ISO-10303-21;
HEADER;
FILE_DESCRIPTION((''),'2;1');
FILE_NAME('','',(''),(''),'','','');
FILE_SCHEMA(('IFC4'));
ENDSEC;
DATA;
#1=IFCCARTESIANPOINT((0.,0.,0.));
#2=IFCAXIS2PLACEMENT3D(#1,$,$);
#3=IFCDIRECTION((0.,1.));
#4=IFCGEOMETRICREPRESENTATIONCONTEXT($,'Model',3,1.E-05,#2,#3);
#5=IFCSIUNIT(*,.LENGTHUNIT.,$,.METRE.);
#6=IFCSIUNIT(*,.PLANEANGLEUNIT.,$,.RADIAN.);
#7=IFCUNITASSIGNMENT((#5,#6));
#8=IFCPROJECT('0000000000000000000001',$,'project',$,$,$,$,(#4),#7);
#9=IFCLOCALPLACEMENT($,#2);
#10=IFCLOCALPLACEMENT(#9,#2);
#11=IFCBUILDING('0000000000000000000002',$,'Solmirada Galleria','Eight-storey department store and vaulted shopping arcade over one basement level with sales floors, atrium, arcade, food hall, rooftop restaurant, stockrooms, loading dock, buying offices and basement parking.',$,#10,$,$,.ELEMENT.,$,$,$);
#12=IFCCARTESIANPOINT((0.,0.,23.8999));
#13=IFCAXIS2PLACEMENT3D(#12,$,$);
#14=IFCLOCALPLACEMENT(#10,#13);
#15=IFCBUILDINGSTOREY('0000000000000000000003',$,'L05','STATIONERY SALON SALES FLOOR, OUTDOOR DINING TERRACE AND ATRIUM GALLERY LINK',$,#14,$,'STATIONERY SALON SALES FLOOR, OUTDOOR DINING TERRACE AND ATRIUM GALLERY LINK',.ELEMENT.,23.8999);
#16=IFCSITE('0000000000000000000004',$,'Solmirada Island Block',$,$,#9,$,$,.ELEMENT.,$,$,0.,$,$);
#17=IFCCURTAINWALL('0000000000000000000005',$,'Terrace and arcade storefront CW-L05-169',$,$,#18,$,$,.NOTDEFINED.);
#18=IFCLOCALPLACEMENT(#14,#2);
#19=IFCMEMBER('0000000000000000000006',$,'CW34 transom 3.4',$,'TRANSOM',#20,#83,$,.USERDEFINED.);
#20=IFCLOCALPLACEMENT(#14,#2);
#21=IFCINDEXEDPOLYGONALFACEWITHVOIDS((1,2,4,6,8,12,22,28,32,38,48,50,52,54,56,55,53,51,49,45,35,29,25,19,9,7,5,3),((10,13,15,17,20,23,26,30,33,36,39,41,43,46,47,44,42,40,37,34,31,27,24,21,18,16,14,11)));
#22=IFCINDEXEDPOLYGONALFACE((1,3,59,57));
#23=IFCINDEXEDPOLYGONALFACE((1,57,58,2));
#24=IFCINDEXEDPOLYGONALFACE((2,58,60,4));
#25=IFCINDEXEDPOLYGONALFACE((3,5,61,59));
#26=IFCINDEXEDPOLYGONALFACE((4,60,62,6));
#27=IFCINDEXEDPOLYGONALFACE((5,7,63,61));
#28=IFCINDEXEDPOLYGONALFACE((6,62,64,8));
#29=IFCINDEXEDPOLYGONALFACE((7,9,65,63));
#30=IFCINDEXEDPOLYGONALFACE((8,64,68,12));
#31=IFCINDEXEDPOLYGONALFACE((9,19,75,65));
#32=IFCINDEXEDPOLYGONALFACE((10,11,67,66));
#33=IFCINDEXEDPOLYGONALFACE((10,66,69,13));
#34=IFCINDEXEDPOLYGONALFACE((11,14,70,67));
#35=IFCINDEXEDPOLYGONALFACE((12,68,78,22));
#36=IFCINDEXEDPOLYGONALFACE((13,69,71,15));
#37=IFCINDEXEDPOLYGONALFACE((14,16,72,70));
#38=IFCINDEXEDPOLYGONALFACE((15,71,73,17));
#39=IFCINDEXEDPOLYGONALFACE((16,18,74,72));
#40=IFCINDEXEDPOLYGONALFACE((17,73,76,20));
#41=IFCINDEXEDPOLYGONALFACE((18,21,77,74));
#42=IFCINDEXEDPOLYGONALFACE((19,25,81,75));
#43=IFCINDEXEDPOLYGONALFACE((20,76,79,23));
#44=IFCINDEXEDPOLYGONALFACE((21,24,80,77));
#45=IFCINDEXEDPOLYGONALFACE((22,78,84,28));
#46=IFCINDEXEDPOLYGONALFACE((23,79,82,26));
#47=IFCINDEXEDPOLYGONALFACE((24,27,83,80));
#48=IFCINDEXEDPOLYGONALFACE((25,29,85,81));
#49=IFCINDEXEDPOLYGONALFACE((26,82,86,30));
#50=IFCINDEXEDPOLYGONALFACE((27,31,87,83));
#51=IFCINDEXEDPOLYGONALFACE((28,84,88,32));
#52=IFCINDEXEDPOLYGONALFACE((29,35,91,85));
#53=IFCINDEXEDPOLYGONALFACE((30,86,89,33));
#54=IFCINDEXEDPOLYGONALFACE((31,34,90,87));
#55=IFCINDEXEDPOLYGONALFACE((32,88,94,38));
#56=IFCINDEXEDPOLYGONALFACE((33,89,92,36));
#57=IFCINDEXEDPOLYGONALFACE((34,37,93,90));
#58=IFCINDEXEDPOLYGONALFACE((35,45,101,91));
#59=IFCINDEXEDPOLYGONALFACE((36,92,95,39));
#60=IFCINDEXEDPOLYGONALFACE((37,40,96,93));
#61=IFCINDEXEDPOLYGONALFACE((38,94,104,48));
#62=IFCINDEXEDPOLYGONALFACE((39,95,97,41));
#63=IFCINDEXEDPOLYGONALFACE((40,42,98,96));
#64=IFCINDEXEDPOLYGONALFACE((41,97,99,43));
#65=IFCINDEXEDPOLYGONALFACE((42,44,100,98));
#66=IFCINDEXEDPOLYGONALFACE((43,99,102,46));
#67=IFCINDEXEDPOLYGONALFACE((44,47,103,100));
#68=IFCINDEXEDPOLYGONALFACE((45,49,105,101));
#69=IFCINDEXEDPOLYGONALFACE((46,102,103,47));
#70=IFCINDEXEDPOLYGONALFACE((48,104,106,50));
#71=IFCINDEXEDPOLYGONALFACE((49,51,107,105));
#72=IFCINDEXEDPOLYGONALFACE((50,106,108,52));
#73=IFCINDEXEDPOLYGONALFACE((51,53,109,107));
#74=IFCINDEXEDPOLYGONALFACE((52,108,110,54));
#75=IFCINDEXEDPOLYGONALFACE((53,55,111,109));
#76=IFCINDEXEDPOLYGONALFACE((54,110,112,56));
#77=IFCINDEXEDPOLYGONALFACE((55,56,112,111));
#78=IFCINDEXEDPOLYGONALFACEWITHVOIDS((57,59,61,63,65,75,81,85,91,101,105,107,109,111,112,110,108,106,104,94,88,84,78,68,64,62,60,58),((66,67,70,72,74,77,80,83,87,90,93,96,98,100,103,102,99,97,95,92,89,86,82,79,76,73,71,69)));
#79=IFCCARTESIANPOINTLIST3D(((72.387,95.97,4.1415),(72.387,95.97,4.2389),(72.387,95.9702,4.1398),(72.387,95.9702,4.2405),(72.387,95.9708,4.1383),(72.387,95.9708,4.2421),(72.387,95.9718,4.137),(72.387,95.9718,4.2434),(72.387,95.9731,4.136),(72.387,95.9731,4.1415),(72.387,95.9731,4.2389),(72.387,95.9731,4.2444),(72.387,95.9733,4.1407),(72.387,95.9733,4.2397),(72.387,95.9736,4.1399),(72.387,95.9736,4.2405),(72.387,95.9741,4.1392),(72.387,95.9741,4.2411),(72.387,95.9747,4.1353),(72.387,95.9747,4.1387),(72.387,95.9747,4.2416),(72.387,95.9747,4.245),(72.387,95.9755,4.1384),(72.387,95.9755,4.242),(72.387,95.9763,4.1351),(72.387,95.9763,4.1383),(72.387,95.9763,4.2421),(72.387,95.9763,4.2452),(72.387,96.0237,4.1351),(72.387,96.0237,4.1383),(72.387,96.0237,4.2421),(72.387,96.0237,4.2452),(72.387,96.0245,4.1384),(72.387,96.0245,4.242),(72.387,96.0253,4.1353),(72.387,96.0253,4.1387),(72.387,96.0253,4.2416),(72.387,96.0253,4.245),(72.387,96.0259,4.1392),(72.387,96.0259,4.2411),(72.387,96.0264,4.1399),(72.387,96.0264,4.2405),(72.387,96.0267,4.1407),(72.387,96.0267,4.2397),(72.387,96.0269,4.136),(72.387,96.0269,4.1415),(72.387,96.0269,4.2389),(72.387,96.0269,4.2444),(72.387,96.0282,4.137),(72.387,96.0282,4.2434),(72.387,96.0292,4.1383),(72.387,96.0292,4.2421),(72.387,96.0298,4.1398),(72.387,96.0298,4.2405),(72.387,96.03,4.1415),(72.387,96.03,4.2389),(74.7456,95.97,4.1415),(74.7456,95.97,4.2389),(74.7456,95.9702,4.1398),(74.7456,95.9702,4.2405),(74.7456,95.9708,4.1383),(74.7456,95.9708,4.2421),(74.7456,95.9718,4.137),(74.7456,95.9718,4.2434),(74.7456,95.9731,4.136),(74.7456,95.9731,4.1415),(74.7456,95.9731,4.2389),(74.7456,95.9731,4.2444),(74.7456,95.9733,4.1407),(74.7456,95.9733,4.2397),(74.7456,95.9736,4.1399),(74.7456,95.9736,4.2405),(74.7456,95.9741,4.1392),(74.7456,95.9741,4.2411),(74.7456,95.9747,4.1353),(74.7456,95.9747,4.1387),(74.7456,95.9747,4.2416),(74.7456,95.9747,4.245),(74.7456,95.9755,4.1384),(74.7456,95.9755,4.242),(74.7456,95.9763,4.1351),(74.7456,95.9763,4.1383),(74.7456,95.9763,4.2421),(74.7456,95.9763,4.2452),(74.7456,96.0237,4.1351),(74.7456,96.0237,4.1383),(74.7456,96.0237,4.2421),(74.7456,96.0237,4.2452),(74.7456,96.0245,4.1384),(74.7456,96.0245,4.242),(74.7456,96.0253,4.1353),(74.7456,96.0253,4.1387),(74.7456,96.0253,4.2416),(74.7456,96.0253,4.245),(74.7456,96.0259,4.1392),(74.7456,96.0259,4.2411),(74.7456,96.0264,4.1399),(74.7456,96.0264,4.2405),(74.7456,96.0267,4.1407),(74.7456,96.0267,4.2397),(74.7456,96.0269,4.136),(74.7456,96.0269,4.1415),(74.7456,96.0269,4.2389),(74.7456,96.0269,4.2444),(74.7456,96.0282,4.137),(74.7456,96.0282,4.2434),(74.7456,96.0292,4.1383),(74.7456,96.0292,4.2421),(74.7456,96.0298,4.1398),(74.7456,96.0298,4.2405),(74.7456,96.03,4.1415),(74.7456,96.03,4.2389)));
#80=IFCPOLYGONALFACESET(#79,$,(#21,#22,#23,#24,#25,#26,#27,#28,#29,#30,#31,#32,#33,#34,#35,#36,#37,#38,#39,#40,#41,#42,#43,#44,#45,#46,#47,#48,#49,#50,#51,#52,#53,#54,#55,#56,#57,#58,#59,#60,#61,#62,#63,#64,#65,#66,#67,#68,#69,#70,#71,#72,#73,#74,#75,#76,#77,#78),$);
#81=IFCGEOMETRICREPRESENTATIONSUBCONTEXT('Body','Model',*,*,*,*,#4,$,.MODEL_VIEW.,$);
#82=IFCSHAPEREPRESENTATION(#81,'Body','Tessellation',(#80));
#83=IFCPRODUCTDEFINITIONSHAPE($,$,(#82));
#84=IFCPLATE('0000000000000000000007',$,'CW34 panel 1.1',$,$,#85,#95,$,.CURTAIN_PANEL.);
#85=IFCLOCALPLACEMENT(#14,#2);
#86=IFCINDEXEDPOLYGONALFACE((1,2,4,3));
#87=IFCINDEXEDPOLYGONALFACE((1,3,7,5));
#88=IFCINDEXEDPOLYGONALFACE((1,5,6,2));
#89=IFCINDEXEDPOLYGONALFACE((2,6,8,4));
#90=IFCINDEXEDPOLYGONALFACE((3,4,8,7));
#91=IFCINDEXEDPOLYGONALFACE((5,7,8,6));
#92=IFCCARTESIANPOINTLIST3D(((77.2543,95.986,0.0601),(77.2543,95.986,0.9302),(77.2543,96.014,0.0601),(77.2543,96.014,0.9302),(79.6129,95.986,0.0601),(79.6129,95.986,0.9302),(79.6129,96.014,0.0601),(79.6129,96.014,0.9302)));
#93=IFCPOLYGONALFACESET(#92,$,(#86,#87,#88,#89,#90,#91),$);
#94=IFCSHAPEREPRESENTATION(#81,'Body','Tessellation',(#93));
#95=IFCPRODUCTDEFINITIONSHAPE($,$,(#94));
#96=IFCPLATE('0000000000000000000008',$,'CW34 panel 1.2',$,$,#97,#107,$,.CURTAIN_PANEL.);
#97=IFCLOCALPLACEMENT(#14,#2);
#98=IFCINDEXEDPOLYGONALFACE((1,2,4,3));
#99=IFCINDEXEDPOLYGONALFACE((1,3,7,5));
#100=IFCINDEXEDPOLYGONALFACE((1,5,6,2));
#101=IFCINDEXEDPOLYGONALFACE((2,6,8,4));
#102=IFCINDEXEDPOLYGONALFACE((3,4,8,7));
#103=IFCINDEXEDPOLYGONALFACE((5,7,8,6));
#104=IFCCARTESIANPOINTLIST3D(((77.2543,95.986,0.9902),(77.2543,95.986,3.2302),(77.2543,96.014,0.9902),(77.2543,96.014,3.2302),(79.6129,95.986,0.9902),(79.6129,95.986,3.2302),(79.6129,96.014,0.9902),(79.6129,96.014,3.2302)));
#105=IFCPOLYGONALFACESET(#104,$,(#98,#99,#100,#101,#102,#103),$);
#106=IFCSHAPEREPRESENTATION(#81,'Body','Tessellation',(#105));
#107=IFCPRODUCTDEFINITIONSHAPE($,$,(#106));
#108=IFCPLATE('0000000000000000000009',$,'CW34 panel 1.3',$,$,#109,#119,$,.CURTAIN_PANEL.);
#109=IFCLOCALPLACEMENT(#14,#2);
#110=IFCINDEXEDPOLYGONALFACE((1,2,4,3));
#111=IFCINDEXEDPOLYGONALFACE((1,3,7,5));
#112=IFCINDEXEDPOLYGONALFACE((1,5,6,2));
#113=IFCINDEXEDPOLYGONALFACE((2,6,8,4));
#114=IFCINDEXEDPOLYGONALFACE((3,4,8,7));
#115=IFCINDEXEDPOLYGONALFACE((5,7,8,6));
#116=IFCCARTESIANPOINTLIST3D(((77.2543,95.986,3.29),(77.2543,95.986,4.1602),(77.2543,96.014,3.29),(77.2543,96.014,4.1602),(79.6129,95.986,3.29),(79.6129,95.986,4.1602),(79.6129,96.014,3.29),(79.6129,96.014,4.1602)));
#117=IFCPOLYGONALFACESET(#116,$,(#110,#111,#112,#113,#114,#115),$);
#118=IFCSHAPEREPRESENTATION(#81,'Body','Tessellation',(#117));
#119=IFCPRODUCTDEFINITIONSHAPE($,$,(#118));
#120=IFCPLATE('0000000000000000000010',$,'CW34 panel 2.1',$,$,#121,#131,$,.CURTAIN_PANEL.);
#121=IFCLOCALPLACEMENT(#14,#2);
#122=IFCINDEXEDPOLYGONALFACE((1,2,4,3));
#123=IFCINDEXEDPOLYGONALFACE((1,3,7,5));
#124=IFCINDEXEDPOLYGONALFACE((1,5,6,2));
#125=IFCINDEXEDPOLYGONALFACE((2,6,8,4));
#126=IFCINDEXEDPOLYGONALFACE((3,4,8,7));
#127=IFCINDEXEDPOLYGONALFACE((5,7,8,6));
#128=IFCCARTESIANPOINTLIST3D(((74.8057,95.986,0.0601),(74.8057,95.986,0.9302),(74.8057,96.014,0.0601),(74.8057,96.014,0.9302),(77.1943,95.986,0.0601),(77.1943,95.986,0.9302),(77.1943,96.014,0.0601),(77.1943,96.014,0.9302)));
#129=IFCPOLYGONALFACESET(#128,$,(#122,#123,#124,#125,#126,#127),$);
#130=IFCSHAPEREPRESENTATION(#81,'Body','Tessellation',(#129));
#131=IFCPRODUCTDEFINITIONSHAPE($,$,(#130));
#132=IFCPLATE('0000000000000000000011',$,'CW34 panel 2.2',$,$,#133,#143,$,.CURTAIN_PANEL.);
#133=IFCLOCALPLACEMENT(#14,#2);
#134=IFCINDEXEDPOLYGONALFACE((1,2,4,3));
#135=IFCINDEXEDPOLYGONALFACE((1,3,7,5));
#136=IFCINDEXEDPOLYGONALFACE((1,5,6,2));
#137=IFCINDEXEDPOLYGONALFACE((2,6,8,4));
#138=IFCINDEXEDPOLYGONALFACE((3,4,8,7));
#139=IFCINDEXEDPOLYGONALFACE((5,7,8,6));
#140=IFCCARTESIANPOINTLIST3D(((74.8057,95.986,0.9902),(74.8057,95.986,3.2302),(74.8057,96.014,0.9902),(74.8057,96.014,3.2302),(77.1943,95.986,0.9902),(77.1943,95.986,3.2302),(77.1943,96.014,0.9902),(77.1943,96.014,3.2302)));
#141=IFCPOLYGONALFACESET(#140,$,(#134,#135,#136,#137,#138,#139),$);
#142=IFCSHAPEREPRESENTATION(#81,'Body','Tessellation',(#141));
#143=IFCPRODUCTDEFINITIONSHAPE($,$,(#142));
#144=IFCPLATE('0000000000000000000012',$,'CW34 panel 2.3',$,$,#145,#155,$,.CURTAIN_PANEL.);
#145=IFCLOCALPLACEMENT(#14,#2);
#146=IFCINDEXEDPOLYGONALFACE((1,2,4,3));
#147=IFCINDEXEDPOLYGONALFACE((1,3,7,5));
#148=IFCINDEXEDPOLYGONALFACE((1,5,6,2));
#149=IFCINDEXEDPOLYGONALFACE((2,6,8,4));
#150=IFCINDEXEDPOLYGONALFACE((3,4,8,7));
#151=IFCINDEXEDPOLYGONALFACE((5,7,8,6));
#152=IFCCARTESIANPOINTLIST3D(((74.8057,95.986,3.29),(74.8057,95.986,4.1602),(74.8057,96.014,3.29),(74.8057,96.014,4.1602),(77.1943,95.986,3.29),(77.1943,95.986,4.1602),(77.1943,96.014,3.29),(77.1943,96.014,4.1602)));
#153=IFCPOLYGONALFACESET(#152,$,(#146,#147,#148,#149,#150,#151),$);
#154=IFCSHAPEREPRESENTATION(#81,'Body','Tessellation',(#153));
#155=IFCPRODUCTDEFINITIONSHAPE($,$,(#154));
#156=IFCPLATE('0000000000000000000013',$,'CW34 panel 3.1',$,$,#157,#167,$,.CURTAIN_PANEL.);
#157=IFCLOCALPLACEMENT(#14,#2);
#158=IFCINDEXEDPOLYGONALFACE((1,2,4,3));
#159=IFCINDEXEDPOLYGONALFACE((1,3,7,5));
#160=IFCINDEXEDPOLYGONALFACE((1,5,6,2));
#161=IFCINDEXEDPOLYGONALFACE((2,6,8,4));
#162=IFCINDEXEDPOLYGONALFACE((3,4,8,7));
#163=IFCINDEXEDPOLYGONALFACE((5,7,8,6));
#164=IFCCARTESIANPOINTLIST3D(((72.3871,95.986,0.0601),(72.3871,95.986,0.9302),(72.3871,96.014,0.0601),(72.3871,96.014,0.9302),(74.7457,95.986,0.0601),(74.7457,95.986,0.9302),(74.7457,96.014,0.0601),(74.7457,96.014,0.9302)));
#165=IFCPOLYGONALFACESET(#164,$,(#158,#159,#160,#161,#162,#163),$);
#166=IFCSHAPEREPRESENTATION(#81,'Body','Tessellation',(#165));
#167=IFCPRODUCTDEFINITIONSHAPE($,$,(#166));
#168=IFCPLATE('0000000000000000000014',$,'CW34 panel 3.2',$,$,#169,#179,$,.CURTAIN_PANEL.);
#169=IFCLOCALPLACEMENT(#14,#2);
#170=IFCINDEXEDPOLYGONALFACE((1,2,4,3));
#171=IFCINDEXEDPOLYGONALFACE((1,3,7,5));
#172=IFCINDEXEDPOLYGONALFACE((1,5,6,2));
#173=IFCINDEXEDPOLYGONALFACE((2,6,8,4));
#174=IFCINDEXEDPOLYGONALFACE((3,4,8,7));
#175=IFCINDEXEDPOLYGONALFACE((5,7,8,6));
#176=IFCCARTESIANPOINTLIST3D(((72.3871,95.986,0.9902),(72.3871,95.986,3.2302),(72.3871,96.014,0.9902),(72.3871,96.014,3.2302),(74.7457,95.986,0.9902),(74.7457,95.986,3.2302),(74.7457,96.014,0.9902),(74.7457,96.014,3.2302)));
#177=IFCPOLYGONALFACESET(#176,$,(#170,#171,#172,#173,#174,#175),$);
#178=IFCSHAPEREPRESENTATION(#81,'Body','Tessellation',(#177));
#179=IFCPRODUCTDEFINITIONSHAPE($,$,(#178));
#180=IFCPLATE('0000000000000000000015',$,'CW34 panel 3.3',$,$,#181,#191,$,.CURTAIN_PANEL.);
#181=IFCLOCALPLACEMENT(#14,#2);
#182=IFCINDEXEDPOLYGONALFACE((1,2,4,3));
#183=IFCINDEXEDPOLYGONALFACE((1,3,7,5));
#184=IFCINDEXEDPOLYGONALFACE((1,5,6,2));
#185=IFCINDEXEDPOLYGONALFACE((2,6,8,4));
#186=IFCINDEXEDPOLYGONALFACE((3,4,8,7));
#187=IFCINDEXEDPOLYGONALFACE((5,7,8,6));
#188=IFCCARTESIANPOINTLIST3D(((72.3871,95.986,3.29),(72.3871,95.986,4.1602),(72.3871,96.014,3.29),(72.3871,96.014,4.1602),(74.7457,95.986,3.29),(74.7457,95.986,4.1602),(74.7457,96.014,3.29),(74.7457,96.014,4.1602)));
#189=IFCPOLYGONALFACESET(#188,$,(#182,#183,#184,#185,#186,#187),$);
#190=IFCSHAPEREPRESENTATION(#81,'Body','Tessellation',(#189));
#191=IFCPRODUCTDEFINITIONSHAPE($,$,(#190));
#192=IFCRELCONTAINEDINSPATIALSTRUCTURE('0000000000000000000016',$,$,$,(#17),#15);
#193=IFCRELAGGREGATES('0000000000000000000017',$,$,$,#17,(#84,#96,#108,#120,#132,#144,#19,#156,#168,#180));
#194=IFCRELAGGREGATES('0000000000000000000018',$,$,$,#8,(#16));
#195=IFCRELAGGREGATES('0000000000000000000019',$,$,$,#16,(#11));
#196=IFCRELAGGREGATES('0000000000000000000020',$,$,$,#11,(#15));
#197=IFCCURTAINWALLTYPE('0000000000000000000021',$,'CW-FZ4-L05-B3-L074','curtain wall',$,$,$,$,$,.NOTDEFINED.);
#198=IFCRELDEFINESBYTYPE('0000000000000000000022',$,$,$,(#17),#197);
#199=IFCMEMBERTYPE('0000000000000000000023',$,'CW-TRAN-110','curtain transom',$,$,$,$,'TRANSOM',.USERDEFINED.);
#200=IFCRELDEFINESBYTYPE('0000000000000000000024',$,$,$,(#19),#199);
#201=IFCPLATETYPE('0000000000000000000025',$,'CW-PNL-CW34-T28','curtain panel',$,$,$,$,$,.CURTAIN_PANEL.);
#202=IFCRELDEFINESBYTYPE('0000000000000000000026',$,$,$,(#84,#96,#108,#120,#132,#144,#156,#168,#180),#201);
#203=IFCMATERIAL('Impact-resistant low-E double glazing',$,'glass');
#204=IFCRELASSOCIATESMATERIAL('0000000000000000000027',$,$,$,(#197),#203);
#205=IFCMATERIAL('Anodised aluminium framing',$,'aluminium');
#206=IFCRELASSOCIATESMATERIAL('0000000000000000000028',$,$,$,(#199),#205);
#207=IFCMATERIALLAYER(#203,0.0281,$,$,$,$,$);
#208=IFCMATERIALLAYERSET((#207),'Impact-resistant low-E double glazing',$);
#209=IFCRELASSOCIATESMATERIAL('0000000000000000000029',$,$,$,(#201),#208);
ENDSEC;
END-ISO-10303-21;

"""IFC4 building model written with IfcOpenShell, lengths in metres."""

from ifc_helpers import new_model, si_unit, direction, frame, origin, origin_2d, place, context, subcontext, project, spatial, rectangle, hollow_rectangle, extrude, material, layer, layer_set, material_profile, profile_set, type_object, element, aggregate, save


model = new_model("IFC4")

# Units and contexts
model_context = context("Model", 3, precision=1e-05, world=origin(), true_north=direction((0.0, 1.0)))
body_context = subcontext(model_context, "Body", "Model", "MODEL_VIEW")
ifc_project = project(units=[si_unit("LENGTHUNIT", "METRE"), si_unit("PLANEANGLEUNIT", "RADIAN")], contexts=[model_context])

# Site, building, storey
site_placement = place(None, origin())
site = spatial("IfcSite", under=ifc_project, at=site_placement, Name="Solmirada Island Block", CompositionType="ELEMENT", RefElevation=0.0)
building_placement = place(site_placement, origin())
building = spatial("IfcBuilding", under=site, at=building_placement, Name="Solmirada Galleria", Description="Eight-storey department store and vaulted shopping arcade over one basement level with sales floors, atrium, arcade, food hall, rooftop restaurant, stockrooms, loading dock, buying offices and basement parking.", CompositionType="ELEMENT")
storey_placement = place(building_placement, frame((0.0, 0.0, 23.8999)))
storey = spatial("IfcBuildingStorey", under=building, at=storey_placement, Name="L05", Description="STATIONERY SALON SALES FLOOR, OUTDOOR DINING TERRACE AND ATRIUM GALLERY LINK", LongName="STATIONERY SALON SALES FLOOR, OUTDOOR DINING TERRACE AND ATRIUM GALLERY LINK", CompositionType="ELEMENT", Elevation=23.8999)

# Curtain wall, member, plates
ifc_material_1 = material(Name="Impact-resistant low-E double glazing", Category="glass")
curtain_wall_type = type_object("IfcCurtainWallType", Name="CW-FZ4-L05-B3-L074", Description="curtain wall", PredefinedType="NOTDEFINED", material=ifc_material_1)
curtain_wall_placement = place(storey_placement, origin())
curtain_wall = element("IfcCurtainWall", 1, at=curtain_wall_placement, inside=storey, type_object=curtain_wall_type, Name="Terrace and arcade storefront CW-L05-169", PredefinedType="NOTDEFINED")
ifc_material_2 = material(Name="Anodised aluminium framing", Category="aluminium")
ifc_material_profile_1 = material_profile(ifc_material_2, hollow_rectangle(XDim=0.0601, YDim=0.1101, WallThickness=0.0032, InnerFilletRadius=0.0032, OuterFilletRadius=0.0063, at=origin_2d()), Name="ALU-TRAN-110X60")
ifc_profile_set_1 = profile_set([ifc_material_profile_1], Name="Anodised aluminium framing")
member_type_1 = type_object("IfcMemberType", Name="CW-TRAN-110", Description="curtain transom", ElementType="TRANSOM", PredefinedType="USERDEFINED", material=ifc_profile_set_1)
member_1_placement = place(storey_placement, frame((74.7456, 96.0, 4.1902), z_axis=(-1.0, 0.0, 0.0), x_axis=(0.0, -1.0, 0.0)))
member_1 = element("IfcMember", 2, at=member_1_placement, type_object=member_type_1, Name="CW34 transom 3.4", ObjectType="TRANSOM", PredefinedType="USERDEFINED", context=body_context, shape_type="SweptSolid", body=[
    extrude(hollow_rectangle(XDim=0.0601, YDim=0.1101, WallThickness=0.0032, InnerFilletRadius=0.0032, OuterFilletRadius=0.0063, at=origin_2d()), origin(), (0.0, 0.0, 1.0), 2.3586),
])
ifc_layer = layer(ifc_material_1, 0.0281)
ifc_layer_set = layer_set([ifc_layer], Name="Impact-resistant low-E double glazing")
plate_type = type_object("IfcPlateType", Name="CW-PNL-CW34-T28", Description="curtain panel", PredefinedType="CURTAIN_PANEL", material=ifc_layer_set)
plate_1_placement = place(storey_placement, frame((78.4336, 96.0, 0.0601), z_axis=(0.0, 0.0, 1.0), x_axis=(-1.0, 0.0, 0.0)))
plate_1 = element("IfcPlate", 3, at=plate_1_placement, type_object=plate_type, Name="CW34 panel 1.1", PredefinedType="CURTAIN_PANEL", context=body_context, shape_type="SweptSolid", body=[
    extrude(rectangle(XDim=2.3586, YDim=0.0281, at=origin_2d()), origin(), (0.0, 0.0, 1.0), 0.8701),
])
plate_2_placement = place(storey_placement, frame((78.4336, 96.0, 0.9902), z_axis=(0.0, 0.0, 1.0), x_axis=(-1.0, 0.0, 0.0)))
plate_2 = element("IfcPlate", 4, at=plate_2_placement, type_object=plate_type, Name="CW34 panel 1.2", PredefinedType="CURTAIN_PANEL", context=body_context, shape_type="SweptSolid", body=[
    extrude(rectangle(XDim=2.3586, YDim=0.0281, at=origin_2d()), origin(), (0.0, 0.0, 1.0), 2.24),
])
plate_3_placement = place(storey_placement, frame((78.4336, 96.0, 3.29), z_axis=(0.0, 0.0, 1.0), x_axis=(-1.0, 0.0, 0.0)))
plate_3 = element("IfcPlate", 5, at=plate_3_placement, type_object=plate_type, Name="CW34 panel 1.3", PredefinedType="CURTAIN_PANEL", context=body_context, shape_type="SweptSolid", body=[
    extrude(rectangle(XDim=2.3586, YDim=0.0281, at=origin_2d()), origin(), (0.0, 0.0, 1.0), 0.8701),
])
plate_4_placement = place(storey_placement, frame((76.0, 96.0, 0.0601), z_axis=(0.0, 0.0, 1.0), x_axis=(-1.0, 0.0, 0.0)))
plate_4 = element("IfcPlate", 6, at=plate_4_placement, type_object=plate_type, Name="CW34 panel 2.1", PredefinedType="CURTAIN_PANEL", context=body_context, shape_type="SweptSolid", body=[
    extrude(rectangle(XDim=2.3887, YDim=0.0281, at=origin_2d()), origin(), (0.0, 0.0, 1.0), 0.8701),
])
plate_5_placement = place(storey_placement, frame((76.0, 96.0, 0.9902), z_axis=(0.0, 0.0, 1.0), x_axis=(-1.0, 0.0, 0.0)))
plate_5 = element("IfcPlate", 7, at=plate_5_placement, type_object=plate_type, Name="CW34 panel 2.2", PredefinedType="CURTAIN_PANEL", context=body_context, shape_type="SweptSolid", body=[
    extrude(rectangle(XDim=2.3887, YDim=0.0281, at=origin_2d()), origin(), (0.0, 0.0, 1.0), 2.24),
])
plate_6_placement = place(storey_placement, frame((76.0, 96.0, 3.29), z_axis=(0.0, 0.0, 1.0), x_axis=(-1.0, 0.0, 0.0)))
plate_6 = element("IfcPlate", 8, at=plate_6_placement, type_object=plate_type, Name="CW34 panel 2.3", PredefinedType="CURTAIN_PANEL", context=body_context, shape_type="SweptSolid", body=[
    extrude(rectangle(XDim=2.3887, YDim=0.0281, at=origin_2d()), origin(), (0.0, 0.0, 1.0), 0.8701),
])
plate_7_placement = place(storey_placement, frame((73.5664, 96.0, 0.0601), z_axis=(0.0, 0.0, 1.0), x_axis=(-1.0, 0.0, 0.0)))
plate_7 = element("IfcPlate", 9, at=plate_7_placement, type_object=plate_type, Name="CW34 panel 3.1", PredefinedType="CURTAIN_PANEL", context=body_context, shape_type="SweptSolid", body=[
    extrude(rectangle(XDim=2.3586, YDim=0.0281, at=origin_2d()), origin(), (0.0, 0.0, 1.0), 0.8701),
])
plate_8_placement = place(storey_placement, frame((73.5664, 96.0, 0.9902), z_axis=(0.0, 0.0, 1.0), x_axis=(-1.0, 0.0, 0.0)))
plate_8 = element("IfcPlate", 10, at=plate_8_placement, type_object=plate_type, Name="CW34 panel 3.2", PredefinedType="CURTAIN_PANEL", context=body_context, shape_type="SweptSolid", body=[
    extrude(rectangle(XDim=2.3586, YDim=0.0281, at=origin_2d()), origin(), (0.0, 0.0, 1.0), 2.24),
])
plate_9_placement = place(storey_placement, frame((73.5664, 96.0, 3.29), z_axis=(0.0, 0.0, 1.0), x_axis=(-1.0, 0.0, 0.0)))
plate_9 = element("IfcPlate", 11, at=plate_9_placement, type_object=plate_type, Name="CW34 panel 3.3", PredefinedType="CURTAIN_PANEL", context=body_context, shape_type="SweptSolid", body=[
    extrude(rectangle(XDim=2.3586, YDim=0.0281, at=origin_2d()), origin(), (0.0, 0.0, 1.0), 0.8701),
])
aggregate(curtain_wall, [plate_1, plate_2, plate_3, plate_4, plate_5, plate_6, member_1, plate_7, plate_8, plate_9])

save(model, "model.ifc")
